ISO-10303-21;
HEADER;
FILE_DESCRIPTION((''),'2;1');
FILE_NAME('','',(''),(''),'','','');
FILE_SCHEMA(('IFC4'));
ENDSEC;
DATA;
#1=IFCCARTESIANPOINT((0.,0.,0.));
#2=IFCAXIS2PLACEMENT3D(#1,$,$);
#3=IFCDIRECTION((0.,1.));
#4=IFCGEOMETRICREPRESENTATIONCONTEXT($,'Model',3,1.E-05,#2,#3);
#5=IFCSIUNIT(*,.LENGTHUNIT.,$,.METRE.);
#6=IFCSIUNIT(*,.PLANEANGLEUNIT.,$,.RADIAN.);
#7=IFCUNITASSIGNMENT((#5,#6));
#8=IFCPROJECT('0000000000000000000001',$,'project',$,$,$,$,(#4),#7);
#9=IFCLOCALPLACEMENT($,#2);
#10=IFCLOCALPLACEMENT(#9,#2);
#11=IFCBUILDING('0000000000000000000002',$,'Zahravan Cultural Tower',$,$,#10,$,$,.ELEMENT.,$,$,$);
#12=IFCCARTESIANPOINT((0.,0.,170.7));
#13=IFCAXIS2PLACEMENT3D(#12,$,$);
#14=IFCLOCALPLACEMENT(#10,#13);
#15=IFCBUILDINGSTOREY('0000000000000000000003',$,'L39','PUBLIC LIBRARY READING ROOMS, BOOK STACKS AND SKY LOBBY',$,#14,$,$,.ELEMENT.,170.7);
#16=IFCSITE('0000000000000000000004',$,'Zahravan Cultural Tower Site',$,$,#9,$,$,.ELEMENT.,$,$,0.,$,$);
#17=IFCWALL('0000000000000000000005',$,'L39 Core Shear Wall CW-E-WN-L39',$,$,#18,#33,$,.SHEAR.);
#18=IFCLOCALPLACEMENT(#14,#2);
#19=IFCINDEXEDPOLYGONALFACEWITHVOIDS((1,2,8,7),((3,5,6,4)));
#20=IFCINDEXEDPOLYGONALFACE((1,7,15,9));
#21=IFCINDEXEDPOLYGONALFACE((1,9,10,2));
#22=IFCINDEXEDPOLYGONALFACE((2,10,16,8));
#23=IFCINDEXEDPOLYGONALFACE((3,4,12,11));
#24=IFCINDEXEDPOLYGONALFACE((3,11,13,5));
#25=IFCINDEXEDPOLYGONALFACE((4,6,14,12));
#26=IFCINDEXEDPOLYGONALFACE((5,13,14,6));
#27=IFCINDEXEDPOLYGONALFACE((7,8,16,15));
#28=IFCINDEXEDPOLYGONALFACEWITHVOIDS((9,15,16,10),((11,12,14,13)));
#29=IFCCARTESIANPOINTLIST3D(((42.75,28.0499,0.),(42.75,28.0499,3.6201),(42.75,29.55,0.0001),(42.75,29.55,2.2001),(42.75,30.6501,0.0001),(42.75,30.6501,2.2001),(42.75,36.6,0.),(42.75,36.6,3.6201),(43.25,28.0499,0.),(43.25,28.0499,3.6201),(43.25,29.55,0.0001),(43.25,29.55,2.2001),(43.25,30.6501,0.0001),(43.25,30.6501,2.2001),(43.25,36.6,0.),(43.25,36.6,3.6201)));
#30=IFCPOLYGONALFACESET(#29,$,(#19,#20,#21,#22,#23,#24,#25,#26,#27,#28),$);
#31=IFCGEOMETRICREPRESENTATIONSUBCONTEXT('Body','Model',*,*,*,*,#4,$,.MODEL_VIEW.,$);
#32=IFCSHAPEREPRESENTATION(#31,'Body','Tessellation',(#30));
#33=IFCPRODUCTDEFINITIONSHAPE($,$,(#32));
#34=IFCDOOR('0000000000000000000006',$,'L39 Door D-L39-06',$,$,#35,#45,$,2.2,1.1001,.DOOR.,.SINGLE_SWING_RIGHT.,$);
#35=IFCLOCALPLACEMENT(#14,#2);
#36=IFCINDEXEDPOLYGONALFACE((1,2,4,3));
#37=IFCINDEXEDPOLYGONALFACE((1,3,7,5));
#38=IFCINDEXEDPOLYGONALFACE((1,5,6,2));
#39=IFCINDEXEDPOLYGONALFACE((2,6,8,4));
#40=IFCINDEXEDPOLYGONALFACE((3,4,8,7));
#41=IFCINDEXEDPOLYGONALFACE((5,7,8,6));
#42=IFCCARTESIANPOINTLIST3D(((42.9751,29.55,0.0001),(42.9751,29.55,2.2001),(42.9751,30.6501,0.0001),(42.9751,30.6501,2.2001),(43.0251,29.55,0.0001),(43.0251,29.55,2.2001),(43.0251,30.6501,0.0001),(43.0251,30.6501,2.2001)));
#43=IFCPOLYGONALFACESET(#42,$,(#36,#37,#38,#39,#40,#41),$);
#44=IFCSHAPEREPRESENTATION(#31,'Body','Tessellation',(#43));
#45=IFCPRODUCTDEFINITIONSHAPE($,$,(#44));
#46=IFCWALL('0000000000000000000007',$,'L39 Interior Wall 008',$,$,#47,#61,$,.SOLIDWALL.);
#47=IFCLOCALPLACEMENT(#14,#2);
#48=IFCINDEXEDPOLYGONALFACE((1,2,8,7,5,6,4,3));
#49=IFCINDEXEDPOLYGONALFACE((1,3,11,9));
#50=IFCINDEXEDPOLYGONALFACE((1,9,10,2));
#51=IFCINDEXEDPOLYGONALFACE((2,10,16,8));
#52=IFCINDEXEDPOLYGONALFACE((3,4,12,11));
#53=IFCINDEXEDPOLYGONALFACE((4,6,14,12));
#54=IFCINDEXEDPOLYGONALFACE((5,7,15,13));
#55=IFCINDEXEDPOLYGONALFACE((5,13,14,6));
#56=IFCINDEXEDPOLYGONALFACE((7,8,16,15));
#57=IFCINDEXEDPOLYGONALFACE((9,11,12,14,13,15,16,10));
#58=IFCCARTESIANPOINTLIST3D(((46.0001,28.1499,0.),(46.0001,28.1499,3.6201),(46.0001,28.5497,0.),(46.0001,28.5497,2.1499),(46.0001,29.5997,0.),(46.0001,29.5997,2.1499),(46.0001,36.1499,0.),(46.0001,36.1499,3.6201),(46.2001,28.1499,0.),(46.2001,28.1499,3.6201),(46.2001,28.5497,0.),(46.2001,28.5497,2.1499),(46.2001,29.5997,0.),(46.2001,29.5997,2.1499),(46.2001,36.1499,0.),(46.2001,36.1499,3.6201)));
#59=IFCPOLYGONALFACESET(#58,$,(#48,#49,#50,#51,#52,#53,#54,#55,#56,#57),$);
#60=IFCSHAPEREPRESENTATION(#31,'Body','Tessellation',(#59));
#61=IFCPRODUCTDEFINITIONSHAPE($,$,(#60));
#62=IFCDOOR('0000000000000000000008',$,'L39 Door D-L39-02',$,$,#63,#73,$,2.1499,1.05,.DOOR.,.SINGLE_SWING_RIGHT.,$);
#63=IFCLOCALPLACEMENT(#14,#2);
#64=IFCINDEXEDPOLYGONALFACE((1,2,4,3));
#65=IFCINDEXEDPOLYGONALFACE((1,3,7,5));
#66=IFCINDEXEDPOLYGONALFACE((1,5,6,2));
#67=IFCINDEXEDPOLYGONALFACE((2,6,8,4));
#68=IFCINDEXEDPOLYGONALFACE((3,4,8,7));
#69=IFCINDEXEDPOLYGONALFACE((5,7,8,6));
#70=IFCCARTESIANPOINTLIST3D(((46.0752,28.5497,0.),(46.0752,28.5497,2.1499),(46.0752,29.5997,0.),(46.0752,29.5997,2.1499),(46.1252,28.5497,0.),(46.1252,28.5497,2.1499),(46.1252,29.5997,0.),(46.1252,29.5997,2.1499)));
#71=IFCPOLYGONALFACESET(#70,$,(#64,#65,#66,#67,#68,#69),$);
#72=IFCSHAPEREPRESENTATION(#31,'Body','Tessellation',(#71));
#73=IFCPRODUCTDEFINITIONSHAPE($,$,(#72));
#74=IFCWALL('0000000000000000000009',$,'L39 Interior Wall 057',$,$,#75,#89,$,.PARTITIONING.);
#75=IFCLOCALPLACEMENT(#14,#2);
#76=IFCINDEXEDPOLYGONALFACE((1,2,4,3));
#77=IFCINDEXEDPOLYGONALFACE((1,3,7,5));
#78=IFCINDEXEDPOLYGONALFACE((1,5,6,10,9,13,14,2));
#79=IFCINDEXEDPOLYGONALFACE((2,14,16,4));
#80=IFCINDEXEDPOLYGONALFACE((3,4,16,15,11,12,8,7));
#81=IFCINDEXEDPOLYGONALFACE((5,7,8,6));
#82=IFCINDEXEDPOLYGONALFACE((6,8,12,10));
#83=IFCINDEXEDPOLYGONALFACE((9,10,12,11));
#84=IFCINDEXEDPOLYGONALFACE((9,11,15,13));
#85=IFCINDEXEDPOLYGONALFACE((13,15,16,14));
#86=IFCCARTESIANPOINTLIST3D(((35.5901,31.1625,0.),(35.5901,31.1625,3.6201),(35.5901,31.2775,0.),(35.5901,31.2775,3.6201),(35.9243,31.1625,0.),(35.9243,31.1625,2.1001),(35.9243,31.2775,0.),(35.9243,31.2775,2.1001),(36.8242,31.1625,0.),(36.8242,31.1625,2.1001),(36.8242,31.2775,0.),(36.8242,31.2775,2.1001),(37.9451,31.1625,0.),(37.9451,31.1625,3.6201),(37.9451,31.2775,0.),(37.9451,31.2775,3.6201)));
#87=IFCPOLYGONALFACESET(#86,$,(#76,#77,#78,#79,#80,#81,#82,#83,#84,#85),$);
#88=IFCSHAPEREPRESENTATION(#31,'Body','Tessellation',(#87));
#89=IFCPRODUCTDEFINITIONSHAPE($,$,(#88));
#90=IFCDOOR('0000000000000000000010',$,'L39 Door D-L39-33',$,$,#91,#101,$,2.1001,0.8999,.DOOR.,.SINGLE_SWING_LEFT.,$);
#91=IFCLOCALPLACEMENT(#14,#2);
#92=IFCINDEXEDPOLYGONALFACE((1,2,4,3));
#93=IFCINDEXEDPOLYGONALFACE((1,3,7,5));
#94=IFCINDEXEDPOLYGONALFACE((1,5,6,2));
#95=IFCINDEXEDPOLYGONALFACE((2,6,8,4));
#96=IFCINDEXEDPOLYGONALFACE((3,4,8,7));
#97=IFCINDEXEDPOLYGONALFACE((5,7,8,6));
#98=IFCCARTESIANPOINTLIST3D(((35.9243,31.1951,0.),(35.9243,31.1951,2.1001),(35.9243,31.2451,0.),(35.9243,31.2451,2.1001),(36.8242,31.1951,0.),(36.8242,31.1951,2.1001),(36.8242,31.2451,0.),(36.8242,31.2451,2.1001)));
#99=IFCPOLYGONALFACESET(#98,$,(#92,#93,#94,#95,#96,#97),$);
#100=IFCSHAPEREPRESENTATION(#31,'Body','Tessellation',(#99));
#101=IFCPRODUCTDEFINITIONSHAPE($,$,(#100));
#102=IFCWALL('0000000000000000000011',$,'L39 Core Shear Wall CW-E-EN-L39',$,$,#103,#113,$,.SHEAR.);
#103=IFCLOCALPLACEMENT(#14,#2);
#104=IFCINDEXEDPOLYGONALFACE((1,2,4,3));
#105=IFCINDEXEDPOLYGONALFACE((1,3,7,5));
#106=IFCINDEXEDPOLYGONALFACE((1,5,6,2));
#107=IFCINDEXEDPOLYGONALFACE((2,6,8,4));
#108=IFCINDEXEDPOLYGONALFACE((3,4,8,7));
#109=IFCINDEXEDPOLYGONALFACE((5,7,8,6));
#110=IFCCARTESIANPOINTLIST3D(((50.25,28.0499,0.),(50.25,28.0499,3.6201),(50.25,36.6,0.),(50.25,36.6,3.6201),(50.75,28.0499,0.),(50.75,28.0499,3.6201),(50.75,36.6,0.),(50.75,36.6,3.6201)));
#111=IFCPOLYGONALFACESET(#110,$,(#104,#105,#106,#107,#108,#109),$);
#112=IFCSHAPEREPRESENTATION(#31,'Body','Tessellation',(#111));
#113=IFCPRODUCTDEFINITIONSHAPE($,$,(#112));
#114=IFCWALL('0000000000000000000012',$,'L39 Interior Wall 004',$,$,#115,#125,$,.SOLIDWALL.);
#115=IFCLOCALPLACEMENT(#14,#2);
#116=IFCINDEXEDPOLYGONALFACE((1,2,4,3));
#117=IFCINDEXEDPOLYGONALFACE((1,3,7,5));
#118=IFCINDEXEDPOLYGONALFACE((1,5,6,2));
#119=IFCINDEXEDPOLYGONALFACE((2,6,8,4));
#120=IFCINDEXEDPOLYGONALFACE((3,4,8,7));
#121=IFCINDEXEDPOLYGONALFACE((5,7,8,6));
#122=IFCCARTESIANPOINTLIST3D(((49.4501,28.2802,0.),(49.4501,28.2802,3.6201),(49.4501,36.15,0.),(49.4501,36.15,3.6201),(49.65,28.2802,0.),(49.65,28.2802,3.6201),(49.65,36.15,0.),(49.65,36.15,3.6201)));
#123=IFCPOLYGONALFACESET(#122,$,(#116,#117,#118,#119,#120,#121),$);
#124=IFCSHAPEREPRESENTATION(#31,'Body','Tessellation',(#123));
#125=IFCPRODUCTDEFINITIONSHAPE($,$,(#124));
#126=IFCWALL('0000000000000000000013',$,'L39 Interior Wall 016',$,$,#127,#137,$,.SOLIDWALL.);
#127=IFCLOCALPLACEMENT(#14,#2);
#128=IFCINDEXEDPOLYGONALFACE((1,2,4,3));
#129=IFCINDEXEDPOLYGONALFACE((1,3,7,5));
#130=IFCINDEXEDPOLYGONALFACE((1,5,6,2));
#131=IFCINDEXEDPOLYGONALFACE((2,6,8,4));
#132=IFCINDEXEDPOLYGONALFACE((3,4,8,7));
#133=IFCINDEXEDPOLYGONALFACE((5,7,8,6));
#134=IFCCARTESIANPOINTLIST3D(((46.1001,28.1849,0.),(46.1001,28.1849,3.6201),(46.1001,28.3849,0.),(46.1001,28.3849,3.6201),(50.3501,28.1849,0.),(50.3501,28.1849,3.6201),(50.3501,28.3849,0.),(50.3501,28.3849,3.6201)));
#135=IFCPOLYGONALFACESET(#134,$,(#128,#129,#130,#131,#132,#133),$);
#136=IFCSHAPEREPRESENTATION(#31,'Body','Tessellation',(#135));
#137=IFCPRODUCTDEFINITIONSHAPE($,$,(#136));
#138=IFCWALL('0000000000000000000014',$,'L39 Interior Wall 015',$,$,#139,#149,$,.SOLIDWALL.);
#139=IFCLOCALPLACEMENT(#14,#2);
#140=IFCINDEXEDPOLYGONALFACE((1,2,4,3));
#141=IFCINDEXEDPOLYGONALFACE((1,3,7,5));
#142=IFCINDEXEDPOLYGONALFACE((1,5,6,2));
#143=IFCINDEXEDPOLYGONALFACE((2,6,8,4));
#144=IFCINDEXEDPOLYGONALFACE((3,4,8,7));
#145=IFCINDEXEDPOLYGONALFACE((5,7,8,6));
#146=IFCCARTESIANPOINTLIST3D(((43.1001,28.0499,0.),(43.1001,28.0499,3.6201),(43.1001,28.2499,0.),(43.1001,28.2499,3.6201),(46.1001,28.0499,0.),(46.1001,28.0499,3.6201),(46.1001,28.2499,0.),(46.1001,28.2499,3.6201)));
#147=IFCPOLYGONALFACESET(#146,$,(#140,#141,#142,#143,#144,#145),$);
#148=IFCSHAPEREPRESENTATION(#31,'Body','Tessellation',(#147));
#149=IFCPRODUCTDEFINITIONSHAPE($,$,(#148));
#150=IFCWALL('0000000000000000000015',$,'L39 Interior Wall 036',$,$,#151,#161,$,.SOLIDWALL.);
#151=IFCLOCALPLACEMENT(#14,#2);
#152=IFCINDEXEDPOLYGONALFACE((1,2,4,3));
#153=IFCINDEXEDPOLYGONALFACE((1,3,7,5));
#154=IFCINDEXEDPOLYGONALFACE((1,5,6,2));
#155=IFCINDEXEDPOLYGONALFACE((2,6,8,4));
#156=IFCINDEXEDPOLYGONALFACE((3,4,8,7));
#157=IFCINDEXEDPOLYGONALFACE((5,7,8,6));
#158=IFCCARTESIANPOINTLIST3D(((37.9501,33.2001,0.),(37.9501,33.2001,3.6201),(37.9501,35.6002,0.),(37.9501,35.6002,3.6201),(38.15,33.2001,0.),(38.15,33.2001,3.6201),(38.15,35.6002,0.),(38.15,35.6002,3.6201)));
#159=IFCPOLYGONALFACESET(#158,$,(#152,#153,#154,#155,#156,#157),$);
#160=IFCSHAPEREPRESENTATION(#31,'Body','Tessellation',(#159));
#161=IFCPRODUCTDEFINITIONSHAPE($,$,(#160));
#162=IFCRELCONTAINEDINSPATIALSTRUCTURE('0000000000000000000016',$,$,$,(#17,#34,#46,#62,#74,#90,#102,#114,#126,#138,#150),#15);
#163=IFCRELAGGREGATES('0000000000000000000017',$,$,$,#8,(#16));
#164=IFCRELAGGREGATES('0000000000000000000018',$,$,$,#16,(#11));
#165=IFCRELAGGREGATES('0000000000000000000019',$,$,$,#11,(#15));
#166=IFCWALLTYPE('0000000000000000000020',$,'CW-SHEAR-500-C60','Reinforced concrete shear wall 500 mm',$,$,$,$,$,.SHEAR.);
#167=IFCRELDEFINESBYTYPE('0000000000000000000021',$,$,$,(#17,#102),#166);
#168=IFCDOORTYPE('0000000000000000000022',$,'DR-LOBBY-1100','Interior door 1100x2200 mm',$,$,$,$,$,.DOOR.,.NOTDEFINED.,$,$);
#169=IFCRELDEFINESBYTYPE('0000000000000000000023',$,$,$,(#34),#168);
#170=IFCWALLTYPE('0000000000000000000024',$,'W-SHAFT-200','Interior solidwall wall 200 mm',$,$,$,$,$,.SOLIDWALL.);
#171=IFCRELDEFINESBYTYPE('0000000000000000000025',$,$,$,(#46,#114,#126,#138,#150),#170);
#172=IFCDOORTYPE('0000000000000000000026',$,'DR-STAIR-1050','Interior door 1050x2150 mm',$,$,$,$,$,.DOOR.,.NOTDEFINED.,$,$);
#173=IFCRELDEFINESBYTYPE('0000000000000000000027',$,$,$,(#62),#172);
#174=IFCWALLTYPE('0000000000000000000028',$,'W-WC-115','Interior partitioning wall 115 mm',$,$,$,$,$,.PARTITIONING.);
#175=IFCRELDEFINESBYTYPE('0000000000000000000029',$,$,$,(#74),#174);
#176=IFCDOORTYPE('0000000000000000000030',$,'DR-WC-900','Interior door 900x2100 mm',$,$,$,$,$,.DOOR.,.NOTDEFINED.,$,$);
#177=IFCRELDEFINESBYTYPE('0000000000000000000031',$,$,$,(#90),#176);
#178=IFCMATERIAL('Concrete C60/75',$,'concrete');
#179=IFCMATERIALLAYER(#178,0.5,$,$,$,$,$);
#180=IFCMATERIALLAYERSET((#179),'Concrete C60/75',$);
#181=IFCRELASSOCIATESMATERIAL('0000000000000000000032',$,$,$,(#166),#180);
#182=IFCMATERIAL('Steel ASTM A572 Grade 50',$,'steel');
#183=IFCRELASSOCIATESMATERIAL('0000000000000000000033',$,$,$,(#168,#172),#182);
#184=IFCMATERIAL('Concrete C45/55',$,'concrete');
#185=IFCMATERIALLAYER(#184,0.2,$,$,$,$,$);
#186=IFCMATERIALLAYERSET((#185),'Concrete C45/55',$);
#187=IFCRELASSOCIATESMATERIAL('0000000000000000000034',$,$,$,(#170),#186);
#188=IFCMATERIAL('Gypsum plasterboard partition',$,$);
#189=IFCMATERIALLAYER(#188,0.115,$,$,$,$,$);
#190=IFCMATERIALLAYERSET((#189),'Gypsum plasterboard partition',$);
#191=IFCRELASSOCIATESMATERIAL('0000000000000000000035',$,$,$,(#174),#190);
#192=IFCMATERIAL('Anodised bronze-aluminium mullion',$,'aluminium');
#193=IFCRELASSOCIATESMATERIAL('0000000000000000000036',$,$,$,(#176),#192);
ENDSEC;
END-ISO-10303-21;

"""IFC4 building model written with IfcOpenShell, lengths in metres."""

from ifc_helpers import new_model, si_unit, direction, frame, frame_2d, origin, place, context, subcontext, project, spatial, rectangle, extrude, source, transform, mapped, material, layer, layer_set, type_object, element, fill, save


model = new_model("IFC4")

# Units and contexts
model_context = context("Model", 3, precision=1e-05, world=origin(), true_north=direction((0.0, 1.0)))
body_context = subcontext(model_context, "Body", "Model", "MODEL_VIEW")
ifc_project = project(units=[si_unit("LENGTHUNIT", "METRE"), si_unit("PLANEANGLEUNIT", "RADIAN")], contexts=[model_context])

# Site, building, storey
site_placement = place(None, origin())
site = spatial("IfcSite", under=ifc_project, at=site_placement, Name="Zahravan Cultural Tower Site", CompositionType="ELEMENT", RefElevation=0.0)
building_placement = place(site_placement, origin())
building = spatial("IfcBuilding", under=site, at=building_placement, Name="Zahravan Cultural Tower", CompositionType="ELEMENT")
storey_placement = place(building_placement, frame((0.0, 0.0, 170.7)))
storey = spatial("IfcBuildingStorey", under=building, at=storey_placement, Name="L39", Description="PUBLIC LIBRARY READING ROOMS, BOOK STACKS AND SKY LOBBY", CompositionType="ELEMENT", Elevation=170.7)

# Walls, openings, doors
ifc_material_1 = material(Name="Concrete C60/75", Category="concrete")
ifc_layer_1 = layer(ifc_material_1, 0.5)
ifc_layer_set_1 = layer_set([ifc_layer_1], Name="Concrete C60/75")
wall_type_1 = type_object("IfcWallType", Name="CW-SHEAR-500-C60", Description="Reinforced concrete shear wall 500 mm", PredefinedType="SHEAR", material=ifc_layer_set_1)
wall_1_placement = place(storey_placement, frame((43.0, 28.05, 0.0), z_axis=(0.0, 0.0, 1.0), x_axis=(0.0, 1.0, 0.0)))
wall_1 = element("IfcWall", 1, at=wall_1_placement, inside=storey, type_object=wall_type_1, Name="L39 Core Shear Wall CW-E-WN-L39", PredefinedType="SHEAR", context=body_context, shape_type="SweptSolid", body=[
    extrude(rectangle(XDim=8.55, YDim=0.5, at=frame_2d((4.2749, 0.0))), origin(), (0.0, 0.0, 1.0), 3.6201),
])
opening_1_placement = place(wall_1_placement, frame((1.5, 0.0, 0.0)))
opening_1 = element("IfcOpeningElement", 2, at=opening_1_placement, cuts=wall_1, PredefinedType="OPENING", context=body_context, shape_type="SweptSolid", body=[
    extrude(rectangle(XDim=1.1001, YDim=2.2, at=frame_2d((0.55, 1.1001))), frame((0.0, 0.26, 0.0), z_axis=(0.0, -1.0, 0.0), x_axis=(1.0, 0.0, 0.0)), (0.0, 0.0, 1.0), 0.52),
])
ifc_material_2 = material(Name="Steel ASTM A572 Grade 50", Category="steel")
door_type_1 = type_object("IfcDoorType", Name="DR-LOBBY-1100", Description="Interior door 1100x2200 mm", OperationType="NOTDEFINED", PredefinedType="DOOR", material=ifc_material_2)
shared_shape_1 = source(origin(), body_context, "Body", "SweptSolid", [
    extrude(rectangle(XDim=1.1001, YDim=2.2, at=frame_2d((0.55, 1.1001))), frame((0.0, 0.0249, 0.0), z_axis=(0.0, -1.0, 0.0), x_axis=(1.0, 0.0, 0.0)), (0.0, 0.0, 1.0), 0.05),
])
door_1_placement = place(opening_1_placement, origin())
door_1 = element("IfcDoor", 3, at=door_1_placement, inside=storey, type_object=door_type_1, Name="L39 Door D-L39-06", OperationType="SINGLE_SWING_RIGHT", OverallHeight=2.2, OverallWidth=1.1001, PredefinedType="DOOR", context=body_context, shape_type="MappedRepresentation", body=[
    mapped(shared_shape_1, transform((0.0, 0.0, 0.0), x_axis=(1.0, 0.0, 0.0), y_axis=(0.0, 1.0, 0.0), z_axis=(0.0, 0.0, 1.0), scale=1.0)),
])
fill(opening_1, door_1)
ifc_material_3 = material(Name="Gypsum plasterboard partition")
ifc_material_4 = material(Name="Anodised bronze-aluminium mullion", Category="aluminium")
ifc_material_5 = material(Name="Concrete C45/55", Category="concrete")
ifc_layer_2 = layer(ifc_material_5, 0.2)
ifc_layer_set_2 = layer_set([ifc_layer_2], Name="Concrete C45/55")
wall_type_2 = type_object("IfcWallType", Name="W-SHAFT-200", Description="Interior solidwall wall 200 mm", PredefinedType="SOLIDWALL", material=ifc_layer_set_2)
wall_2_placement = place(storey_placement, frame((46.1001, 28.1499, 0.0), z_axis=(0.0, 0.0, 1.0), x_axis=(0.0, 1.0, 0.0)))
wall_2 = element("IfcWall", 4, at=wall_2_placement, inside=storey, type_object=wall_type_2, Name="L39 Interior Wall 008", PredefinedType="SOLIDWALL", context=body_context, shape_type="SweptSolid", body=[
    extrude(rectangle(XDim=8.0, YDim=0.2, at=frame_2d((4.0, 0.0))), origin(), (0.0, 0.0, 1.0), 3.6201),
])
opening_2_placement = place(wall_2_placement, frame((0.3999, 0.0, 0.0)))
opening_2 = element("IfcOpeningElement", 5, at=opening_2_placement, cuts=wall_2, PredefinedType="OPENING", context=body_context, shape_type="SweptSolid", body=[
    extrude(rectangle(XDim=1.05, YDim=2.1499, at=frame_2d((0.5249, 1.075))), frame((0.0, 0.1099, 0.0), z_axis=(0.0, -1.0, 0.0), x_axis=(1.0, 0.0, 0.0)), (0.0, 0.0, 1.0), 0.22),
])
door_type_2 = type_object("IfcDoorType", Name="DR-STAIR-1050", Description="Interior door 1050x2150 mm", OperationType="NOTDEFINED", PredefinedType="DOOR", material=ifc_material_2)
shared_shape_2 = source(origin(), body_context, "Body", "SweptSolid", [
    extrude(rectangle(XDim=1.05, YDim=2.1499, at=frame_2d((0.5249, 1.075))), frame((0.0, 0.0249, 0.0), z_axis=(0.0, -1.0, 0.0), x_axis=(1.0, 0.0, 0.0)), (0.0, 0.0, 1.0), 0.05),
])
door_2_placement = place(opening_2_placement, origin())
door_2 = element("IfcDoor", 6, at=door_2_placement, inside=storey, type_object=door_type_2, Name="L39 Door D-L39-02", OperationType="SINGLE_SWING_RIGHT", OverallHeight=2.1499, OverallWidth=1.05, PredefinedType="DOOR", context=body_context, shape_type="MappedRepresentation", body=[
    mapped(shared_shape_2, transform((0.0, 0.0, 0.0), x_axis=(1.0, 0.0, 0.0), y_axis=(0.0, 1.0, 0.0), z_axis=(0.0, 0.0, 1.0), scale=1.0)),
])
fill(opening_2, door_2)
ifc_layer_3 = layer(ifc_material_3, 0.115)
ifc_layer_set_3 = layer_set([ifc_layer_3], Name="Gypsum plasterboard partition")
wall_type_3 = type_object("IfcWallType", Name="W-WC-115", Description="Interior partitioning wall 115 mm", PredefinedType="PARTITIONING", material=ifc_layer_set_3)
wall_3_placement = place(storey_placement, frame((37.9451, 31.22, 0.0), z_axis=(0.0, 0.0, 1.0), x_axis=(-1.0, 0.0, 0.0)))
wall_3 = element("IfcWall", 7, at=wall_3_placement, inside=storey, type_object=wall_type_3, Name="L39 Interior Wall 057", PredefinedType="PARTITIONING", context=body_context, shape_type="SweptSolid", body=[
    extrude(rectangle(XDim=2.355, YDim=0.115, at=frame_2d((1.1775, 0.0))), origin(), (0.0, 0.0, 1.0), 3.6201),
])
opening_3_placement = place(wall_3_placement, frame((1.1208, 0.0, 0.0)))
opening_3 = element("IfcOpeningElement", 8, at=opening_3_placement, cuts=wall_3, PredefinedType="OPENING", context=body_context, shape_type="SweptSolid", body=[
    extrude(rectangle(XDim=0.8999, YDim=2.1001, at=frame_2d((0.45, 1.05))), frame((0.0, 0.0674, 0.0), z_axis=(0.0, -1.0, 0.0), x_axis=(1.0, 0.0, 0.0)), (0.0, 0.0, 1.0), 0.135),
])
door_type_3 = type_object("IfcDoorType", Name="DR-WC-900", Description="Interior door 900x2100 mm", OperationType="NOTDEFINED", PredefinedType="DOOR", material=ifc_material_4)
shared_shape_3 = source(origin(), body_context, "Body", "SweptSolid", [
    extrude(rectangle(XDim=0.8999, YDim=2.1001, at=frame_2d((0.45, 1.05))), frame((0.0, 0.0249, 0.0), z_axis=(0.0, -1.0, 0.0), x_axis=(1.0, 0.0, 0.0)), (0.0, 0.0, 1.0), 0.05),
])
door_3_placement = place(opening_3_placement, origin())
door_3 = element("IfcDoor", 9, at=door_3_placement, inside=storey, type_object=door_type_3, Name="L39 Door D-L39-33", OperationType="SINGLE_SWING_LEFT", OverallHeight=2.1001, OverallWidth=0.8999, PredefinedType="DOOR", context=body_context, shape_type="MappedRepresentation", body=[
    mapped(shared_shape_3, transform((0.0, 0.0, 0.0), x_axis=(1.0, 0.0, 0.0), y_axis=(0.0, 1.0, 0.0), z_axis=(0.0, 0.0, 1.0), scale=1.0)),
])
fill(opening_3, door_3)

# Walls
shared_shape_4 = source(origin(), body_context, "Body", "SweptSolid", [
    extrude(rectangle(XDim=8.55, YDim=0.5, at=frame_2d((4.2749, 0.0))), origin(), (0.0, 0.0, 1.0), 3.6201),
])
wall_4_placement = place(storey_placement, frame((50.5, 28.05, 0.0), z_axis=(0.0, 0.0, 1.0), x_axis=(0.0, 1.0, 0.0)))
element("IfcWall", 10, at=wall_4_placement, inside=storey, type_object=wall_type_1, Name="L39 Core Shear Wall CW-E-EN-L39", PredefinedType="SHEAR", context=body_context, shape_type="MappedRepresentation", body=[
    mapped(shared_shape_4, transform((0.0, 0.0, 0.0), x_axis=(1.0, 0.0, 0.0), y_axis=(0.0, 1.0, 0.0), z_axis=(0.0, 0.0, 1.0), scale=1.0)),
])
shared_shape_5 = source(origin(), body_context, "Body", "SweptSolid", [
    extrude(rectangle(XDim=7.8699, YDim=0.2, at=frame_2d((3.9351, 0.0))), origin(), (0.0, 0.0, 1.0), 3.6201),
])
wall_5_placement = place(storey_placement, frame((49.55, 28.28, 0.0), z_axis=(0.0, 0.0, 1.0), x_axis=(0.0, 1.0, 0.0)))
element("IfcWall", 11, at=wall_5_placement, inside=storey, type_object=wall_type_2, Name="L39 Interior Wall 004", PredefinedType="SOLIDWALL", context=body_context, shape_type="MappedRepresentation", body=[
    mapped(shared_shape_5, transform((0.0, 0.0, 0.0), x_axis=(1.0, 0.0, 0.0), y_axis=(0.0, 1.0, 0.0), z_axis=(0.0, 0.0, 1.0), scale=1.0)),
])
shared_shape_6 = source(origin(), body_context, "Body", "SweptSolid", [
    extrude(rectangle(XDim=4.25, YDim=0.2, at=frame_2d((2.125, 0.0))), origin(), (0.0, 0.0, 1.0), 3.6201),
])
wall_6_placement = place(storey_placement, frame((46.1001, 28.2849, 0.0), z_axis=(0.0, 0.0, 1.0), x_axis=(1.0, 0.0, 0.0)))
element("IfcWall", 12, at=wall_6_placement, inside=storey, type_object=wall_type_2, Name="L39 Interior Wall 016", PredefinedType="SOLIDWALL", context=body_context, shape_type="MappedRepresentation", body=[
    mapped(shared_shape_6, transform((0.0, 0.0, 0.0), x_axis=(1.0, 0.0, 0.0), y_axis=(0.0, 1.0, 0.0), z_axis=(0.0, 0.0, 1.0), scale=1.0)),
])
shared_shape_7 = source(origin(), body_context, "Body", "SweptSolid", [
    extrude(rectangle(XDim=3.0, YDim=0.2, at=frame_2d((1.5, 0.0))), origin(), (0.0, 0.0, 1.0), 3.6201),
])
wall_7_placement = place(storey_placement, frame((43.1001, 28.1499, 0.0), z_axis=(0.0, 0.0, 1.0), x_axis=(1.0, 0.0, 0.0)))
element("IfcWall", 13, at=wall_7_placement, inside=storey, type_object=wall_type_2, Name="L39 Interior Wall 015", PredefinedType="SOLIDWALL", context=body_context, shape_type="MappedRepresentation", body=[
    mapped(shared_shape_7, transform((0.0, 0.0, 0.0), x_axis=(1.0, 0.0, 0.0), y_axis=(0.0, 1.0, 0.0), z_axis=(0.0, 0.0, 1.0), scale=1.0)),
])
shared_shape_8 = source(origin(), body_context, "Body", "SweptSolid", [
    extrude(rectangle(XDim=2.4001, YDim=0.2, at=frame_2d((1.2002, 0.0))), origin(), (0.0, 0.0, 1.0), 3.6201),
])
for number, where, z_axis, x_axis, name in (
    (14, (38.05, 33.2, 0.0), (0.0, 0.0, 1.0), (0.0, 1.0, 0.0), "L39 Interior Wall 036"),
):
    element("IfcWall", number, at=place(storey_placement, frame(where, z_axis=z_axis, x_axis=x_axis)), inside=storey, type_object=wall_type_2, Name=name, PredefinedType="SOLIDWALL", context=body_context, shape_type="MappedRepresentation", body=[
        mapped(shared_shape_8, transform((0.0, 0.0, 0.0), x_axis=(1.0, 0.0, 0.0), y_axis=(0.0, 1.0, 0.0), z_axis=(0.0, 0.0, 1.0), scale=1.0)),
    ])

save(model, "model.ifc")
